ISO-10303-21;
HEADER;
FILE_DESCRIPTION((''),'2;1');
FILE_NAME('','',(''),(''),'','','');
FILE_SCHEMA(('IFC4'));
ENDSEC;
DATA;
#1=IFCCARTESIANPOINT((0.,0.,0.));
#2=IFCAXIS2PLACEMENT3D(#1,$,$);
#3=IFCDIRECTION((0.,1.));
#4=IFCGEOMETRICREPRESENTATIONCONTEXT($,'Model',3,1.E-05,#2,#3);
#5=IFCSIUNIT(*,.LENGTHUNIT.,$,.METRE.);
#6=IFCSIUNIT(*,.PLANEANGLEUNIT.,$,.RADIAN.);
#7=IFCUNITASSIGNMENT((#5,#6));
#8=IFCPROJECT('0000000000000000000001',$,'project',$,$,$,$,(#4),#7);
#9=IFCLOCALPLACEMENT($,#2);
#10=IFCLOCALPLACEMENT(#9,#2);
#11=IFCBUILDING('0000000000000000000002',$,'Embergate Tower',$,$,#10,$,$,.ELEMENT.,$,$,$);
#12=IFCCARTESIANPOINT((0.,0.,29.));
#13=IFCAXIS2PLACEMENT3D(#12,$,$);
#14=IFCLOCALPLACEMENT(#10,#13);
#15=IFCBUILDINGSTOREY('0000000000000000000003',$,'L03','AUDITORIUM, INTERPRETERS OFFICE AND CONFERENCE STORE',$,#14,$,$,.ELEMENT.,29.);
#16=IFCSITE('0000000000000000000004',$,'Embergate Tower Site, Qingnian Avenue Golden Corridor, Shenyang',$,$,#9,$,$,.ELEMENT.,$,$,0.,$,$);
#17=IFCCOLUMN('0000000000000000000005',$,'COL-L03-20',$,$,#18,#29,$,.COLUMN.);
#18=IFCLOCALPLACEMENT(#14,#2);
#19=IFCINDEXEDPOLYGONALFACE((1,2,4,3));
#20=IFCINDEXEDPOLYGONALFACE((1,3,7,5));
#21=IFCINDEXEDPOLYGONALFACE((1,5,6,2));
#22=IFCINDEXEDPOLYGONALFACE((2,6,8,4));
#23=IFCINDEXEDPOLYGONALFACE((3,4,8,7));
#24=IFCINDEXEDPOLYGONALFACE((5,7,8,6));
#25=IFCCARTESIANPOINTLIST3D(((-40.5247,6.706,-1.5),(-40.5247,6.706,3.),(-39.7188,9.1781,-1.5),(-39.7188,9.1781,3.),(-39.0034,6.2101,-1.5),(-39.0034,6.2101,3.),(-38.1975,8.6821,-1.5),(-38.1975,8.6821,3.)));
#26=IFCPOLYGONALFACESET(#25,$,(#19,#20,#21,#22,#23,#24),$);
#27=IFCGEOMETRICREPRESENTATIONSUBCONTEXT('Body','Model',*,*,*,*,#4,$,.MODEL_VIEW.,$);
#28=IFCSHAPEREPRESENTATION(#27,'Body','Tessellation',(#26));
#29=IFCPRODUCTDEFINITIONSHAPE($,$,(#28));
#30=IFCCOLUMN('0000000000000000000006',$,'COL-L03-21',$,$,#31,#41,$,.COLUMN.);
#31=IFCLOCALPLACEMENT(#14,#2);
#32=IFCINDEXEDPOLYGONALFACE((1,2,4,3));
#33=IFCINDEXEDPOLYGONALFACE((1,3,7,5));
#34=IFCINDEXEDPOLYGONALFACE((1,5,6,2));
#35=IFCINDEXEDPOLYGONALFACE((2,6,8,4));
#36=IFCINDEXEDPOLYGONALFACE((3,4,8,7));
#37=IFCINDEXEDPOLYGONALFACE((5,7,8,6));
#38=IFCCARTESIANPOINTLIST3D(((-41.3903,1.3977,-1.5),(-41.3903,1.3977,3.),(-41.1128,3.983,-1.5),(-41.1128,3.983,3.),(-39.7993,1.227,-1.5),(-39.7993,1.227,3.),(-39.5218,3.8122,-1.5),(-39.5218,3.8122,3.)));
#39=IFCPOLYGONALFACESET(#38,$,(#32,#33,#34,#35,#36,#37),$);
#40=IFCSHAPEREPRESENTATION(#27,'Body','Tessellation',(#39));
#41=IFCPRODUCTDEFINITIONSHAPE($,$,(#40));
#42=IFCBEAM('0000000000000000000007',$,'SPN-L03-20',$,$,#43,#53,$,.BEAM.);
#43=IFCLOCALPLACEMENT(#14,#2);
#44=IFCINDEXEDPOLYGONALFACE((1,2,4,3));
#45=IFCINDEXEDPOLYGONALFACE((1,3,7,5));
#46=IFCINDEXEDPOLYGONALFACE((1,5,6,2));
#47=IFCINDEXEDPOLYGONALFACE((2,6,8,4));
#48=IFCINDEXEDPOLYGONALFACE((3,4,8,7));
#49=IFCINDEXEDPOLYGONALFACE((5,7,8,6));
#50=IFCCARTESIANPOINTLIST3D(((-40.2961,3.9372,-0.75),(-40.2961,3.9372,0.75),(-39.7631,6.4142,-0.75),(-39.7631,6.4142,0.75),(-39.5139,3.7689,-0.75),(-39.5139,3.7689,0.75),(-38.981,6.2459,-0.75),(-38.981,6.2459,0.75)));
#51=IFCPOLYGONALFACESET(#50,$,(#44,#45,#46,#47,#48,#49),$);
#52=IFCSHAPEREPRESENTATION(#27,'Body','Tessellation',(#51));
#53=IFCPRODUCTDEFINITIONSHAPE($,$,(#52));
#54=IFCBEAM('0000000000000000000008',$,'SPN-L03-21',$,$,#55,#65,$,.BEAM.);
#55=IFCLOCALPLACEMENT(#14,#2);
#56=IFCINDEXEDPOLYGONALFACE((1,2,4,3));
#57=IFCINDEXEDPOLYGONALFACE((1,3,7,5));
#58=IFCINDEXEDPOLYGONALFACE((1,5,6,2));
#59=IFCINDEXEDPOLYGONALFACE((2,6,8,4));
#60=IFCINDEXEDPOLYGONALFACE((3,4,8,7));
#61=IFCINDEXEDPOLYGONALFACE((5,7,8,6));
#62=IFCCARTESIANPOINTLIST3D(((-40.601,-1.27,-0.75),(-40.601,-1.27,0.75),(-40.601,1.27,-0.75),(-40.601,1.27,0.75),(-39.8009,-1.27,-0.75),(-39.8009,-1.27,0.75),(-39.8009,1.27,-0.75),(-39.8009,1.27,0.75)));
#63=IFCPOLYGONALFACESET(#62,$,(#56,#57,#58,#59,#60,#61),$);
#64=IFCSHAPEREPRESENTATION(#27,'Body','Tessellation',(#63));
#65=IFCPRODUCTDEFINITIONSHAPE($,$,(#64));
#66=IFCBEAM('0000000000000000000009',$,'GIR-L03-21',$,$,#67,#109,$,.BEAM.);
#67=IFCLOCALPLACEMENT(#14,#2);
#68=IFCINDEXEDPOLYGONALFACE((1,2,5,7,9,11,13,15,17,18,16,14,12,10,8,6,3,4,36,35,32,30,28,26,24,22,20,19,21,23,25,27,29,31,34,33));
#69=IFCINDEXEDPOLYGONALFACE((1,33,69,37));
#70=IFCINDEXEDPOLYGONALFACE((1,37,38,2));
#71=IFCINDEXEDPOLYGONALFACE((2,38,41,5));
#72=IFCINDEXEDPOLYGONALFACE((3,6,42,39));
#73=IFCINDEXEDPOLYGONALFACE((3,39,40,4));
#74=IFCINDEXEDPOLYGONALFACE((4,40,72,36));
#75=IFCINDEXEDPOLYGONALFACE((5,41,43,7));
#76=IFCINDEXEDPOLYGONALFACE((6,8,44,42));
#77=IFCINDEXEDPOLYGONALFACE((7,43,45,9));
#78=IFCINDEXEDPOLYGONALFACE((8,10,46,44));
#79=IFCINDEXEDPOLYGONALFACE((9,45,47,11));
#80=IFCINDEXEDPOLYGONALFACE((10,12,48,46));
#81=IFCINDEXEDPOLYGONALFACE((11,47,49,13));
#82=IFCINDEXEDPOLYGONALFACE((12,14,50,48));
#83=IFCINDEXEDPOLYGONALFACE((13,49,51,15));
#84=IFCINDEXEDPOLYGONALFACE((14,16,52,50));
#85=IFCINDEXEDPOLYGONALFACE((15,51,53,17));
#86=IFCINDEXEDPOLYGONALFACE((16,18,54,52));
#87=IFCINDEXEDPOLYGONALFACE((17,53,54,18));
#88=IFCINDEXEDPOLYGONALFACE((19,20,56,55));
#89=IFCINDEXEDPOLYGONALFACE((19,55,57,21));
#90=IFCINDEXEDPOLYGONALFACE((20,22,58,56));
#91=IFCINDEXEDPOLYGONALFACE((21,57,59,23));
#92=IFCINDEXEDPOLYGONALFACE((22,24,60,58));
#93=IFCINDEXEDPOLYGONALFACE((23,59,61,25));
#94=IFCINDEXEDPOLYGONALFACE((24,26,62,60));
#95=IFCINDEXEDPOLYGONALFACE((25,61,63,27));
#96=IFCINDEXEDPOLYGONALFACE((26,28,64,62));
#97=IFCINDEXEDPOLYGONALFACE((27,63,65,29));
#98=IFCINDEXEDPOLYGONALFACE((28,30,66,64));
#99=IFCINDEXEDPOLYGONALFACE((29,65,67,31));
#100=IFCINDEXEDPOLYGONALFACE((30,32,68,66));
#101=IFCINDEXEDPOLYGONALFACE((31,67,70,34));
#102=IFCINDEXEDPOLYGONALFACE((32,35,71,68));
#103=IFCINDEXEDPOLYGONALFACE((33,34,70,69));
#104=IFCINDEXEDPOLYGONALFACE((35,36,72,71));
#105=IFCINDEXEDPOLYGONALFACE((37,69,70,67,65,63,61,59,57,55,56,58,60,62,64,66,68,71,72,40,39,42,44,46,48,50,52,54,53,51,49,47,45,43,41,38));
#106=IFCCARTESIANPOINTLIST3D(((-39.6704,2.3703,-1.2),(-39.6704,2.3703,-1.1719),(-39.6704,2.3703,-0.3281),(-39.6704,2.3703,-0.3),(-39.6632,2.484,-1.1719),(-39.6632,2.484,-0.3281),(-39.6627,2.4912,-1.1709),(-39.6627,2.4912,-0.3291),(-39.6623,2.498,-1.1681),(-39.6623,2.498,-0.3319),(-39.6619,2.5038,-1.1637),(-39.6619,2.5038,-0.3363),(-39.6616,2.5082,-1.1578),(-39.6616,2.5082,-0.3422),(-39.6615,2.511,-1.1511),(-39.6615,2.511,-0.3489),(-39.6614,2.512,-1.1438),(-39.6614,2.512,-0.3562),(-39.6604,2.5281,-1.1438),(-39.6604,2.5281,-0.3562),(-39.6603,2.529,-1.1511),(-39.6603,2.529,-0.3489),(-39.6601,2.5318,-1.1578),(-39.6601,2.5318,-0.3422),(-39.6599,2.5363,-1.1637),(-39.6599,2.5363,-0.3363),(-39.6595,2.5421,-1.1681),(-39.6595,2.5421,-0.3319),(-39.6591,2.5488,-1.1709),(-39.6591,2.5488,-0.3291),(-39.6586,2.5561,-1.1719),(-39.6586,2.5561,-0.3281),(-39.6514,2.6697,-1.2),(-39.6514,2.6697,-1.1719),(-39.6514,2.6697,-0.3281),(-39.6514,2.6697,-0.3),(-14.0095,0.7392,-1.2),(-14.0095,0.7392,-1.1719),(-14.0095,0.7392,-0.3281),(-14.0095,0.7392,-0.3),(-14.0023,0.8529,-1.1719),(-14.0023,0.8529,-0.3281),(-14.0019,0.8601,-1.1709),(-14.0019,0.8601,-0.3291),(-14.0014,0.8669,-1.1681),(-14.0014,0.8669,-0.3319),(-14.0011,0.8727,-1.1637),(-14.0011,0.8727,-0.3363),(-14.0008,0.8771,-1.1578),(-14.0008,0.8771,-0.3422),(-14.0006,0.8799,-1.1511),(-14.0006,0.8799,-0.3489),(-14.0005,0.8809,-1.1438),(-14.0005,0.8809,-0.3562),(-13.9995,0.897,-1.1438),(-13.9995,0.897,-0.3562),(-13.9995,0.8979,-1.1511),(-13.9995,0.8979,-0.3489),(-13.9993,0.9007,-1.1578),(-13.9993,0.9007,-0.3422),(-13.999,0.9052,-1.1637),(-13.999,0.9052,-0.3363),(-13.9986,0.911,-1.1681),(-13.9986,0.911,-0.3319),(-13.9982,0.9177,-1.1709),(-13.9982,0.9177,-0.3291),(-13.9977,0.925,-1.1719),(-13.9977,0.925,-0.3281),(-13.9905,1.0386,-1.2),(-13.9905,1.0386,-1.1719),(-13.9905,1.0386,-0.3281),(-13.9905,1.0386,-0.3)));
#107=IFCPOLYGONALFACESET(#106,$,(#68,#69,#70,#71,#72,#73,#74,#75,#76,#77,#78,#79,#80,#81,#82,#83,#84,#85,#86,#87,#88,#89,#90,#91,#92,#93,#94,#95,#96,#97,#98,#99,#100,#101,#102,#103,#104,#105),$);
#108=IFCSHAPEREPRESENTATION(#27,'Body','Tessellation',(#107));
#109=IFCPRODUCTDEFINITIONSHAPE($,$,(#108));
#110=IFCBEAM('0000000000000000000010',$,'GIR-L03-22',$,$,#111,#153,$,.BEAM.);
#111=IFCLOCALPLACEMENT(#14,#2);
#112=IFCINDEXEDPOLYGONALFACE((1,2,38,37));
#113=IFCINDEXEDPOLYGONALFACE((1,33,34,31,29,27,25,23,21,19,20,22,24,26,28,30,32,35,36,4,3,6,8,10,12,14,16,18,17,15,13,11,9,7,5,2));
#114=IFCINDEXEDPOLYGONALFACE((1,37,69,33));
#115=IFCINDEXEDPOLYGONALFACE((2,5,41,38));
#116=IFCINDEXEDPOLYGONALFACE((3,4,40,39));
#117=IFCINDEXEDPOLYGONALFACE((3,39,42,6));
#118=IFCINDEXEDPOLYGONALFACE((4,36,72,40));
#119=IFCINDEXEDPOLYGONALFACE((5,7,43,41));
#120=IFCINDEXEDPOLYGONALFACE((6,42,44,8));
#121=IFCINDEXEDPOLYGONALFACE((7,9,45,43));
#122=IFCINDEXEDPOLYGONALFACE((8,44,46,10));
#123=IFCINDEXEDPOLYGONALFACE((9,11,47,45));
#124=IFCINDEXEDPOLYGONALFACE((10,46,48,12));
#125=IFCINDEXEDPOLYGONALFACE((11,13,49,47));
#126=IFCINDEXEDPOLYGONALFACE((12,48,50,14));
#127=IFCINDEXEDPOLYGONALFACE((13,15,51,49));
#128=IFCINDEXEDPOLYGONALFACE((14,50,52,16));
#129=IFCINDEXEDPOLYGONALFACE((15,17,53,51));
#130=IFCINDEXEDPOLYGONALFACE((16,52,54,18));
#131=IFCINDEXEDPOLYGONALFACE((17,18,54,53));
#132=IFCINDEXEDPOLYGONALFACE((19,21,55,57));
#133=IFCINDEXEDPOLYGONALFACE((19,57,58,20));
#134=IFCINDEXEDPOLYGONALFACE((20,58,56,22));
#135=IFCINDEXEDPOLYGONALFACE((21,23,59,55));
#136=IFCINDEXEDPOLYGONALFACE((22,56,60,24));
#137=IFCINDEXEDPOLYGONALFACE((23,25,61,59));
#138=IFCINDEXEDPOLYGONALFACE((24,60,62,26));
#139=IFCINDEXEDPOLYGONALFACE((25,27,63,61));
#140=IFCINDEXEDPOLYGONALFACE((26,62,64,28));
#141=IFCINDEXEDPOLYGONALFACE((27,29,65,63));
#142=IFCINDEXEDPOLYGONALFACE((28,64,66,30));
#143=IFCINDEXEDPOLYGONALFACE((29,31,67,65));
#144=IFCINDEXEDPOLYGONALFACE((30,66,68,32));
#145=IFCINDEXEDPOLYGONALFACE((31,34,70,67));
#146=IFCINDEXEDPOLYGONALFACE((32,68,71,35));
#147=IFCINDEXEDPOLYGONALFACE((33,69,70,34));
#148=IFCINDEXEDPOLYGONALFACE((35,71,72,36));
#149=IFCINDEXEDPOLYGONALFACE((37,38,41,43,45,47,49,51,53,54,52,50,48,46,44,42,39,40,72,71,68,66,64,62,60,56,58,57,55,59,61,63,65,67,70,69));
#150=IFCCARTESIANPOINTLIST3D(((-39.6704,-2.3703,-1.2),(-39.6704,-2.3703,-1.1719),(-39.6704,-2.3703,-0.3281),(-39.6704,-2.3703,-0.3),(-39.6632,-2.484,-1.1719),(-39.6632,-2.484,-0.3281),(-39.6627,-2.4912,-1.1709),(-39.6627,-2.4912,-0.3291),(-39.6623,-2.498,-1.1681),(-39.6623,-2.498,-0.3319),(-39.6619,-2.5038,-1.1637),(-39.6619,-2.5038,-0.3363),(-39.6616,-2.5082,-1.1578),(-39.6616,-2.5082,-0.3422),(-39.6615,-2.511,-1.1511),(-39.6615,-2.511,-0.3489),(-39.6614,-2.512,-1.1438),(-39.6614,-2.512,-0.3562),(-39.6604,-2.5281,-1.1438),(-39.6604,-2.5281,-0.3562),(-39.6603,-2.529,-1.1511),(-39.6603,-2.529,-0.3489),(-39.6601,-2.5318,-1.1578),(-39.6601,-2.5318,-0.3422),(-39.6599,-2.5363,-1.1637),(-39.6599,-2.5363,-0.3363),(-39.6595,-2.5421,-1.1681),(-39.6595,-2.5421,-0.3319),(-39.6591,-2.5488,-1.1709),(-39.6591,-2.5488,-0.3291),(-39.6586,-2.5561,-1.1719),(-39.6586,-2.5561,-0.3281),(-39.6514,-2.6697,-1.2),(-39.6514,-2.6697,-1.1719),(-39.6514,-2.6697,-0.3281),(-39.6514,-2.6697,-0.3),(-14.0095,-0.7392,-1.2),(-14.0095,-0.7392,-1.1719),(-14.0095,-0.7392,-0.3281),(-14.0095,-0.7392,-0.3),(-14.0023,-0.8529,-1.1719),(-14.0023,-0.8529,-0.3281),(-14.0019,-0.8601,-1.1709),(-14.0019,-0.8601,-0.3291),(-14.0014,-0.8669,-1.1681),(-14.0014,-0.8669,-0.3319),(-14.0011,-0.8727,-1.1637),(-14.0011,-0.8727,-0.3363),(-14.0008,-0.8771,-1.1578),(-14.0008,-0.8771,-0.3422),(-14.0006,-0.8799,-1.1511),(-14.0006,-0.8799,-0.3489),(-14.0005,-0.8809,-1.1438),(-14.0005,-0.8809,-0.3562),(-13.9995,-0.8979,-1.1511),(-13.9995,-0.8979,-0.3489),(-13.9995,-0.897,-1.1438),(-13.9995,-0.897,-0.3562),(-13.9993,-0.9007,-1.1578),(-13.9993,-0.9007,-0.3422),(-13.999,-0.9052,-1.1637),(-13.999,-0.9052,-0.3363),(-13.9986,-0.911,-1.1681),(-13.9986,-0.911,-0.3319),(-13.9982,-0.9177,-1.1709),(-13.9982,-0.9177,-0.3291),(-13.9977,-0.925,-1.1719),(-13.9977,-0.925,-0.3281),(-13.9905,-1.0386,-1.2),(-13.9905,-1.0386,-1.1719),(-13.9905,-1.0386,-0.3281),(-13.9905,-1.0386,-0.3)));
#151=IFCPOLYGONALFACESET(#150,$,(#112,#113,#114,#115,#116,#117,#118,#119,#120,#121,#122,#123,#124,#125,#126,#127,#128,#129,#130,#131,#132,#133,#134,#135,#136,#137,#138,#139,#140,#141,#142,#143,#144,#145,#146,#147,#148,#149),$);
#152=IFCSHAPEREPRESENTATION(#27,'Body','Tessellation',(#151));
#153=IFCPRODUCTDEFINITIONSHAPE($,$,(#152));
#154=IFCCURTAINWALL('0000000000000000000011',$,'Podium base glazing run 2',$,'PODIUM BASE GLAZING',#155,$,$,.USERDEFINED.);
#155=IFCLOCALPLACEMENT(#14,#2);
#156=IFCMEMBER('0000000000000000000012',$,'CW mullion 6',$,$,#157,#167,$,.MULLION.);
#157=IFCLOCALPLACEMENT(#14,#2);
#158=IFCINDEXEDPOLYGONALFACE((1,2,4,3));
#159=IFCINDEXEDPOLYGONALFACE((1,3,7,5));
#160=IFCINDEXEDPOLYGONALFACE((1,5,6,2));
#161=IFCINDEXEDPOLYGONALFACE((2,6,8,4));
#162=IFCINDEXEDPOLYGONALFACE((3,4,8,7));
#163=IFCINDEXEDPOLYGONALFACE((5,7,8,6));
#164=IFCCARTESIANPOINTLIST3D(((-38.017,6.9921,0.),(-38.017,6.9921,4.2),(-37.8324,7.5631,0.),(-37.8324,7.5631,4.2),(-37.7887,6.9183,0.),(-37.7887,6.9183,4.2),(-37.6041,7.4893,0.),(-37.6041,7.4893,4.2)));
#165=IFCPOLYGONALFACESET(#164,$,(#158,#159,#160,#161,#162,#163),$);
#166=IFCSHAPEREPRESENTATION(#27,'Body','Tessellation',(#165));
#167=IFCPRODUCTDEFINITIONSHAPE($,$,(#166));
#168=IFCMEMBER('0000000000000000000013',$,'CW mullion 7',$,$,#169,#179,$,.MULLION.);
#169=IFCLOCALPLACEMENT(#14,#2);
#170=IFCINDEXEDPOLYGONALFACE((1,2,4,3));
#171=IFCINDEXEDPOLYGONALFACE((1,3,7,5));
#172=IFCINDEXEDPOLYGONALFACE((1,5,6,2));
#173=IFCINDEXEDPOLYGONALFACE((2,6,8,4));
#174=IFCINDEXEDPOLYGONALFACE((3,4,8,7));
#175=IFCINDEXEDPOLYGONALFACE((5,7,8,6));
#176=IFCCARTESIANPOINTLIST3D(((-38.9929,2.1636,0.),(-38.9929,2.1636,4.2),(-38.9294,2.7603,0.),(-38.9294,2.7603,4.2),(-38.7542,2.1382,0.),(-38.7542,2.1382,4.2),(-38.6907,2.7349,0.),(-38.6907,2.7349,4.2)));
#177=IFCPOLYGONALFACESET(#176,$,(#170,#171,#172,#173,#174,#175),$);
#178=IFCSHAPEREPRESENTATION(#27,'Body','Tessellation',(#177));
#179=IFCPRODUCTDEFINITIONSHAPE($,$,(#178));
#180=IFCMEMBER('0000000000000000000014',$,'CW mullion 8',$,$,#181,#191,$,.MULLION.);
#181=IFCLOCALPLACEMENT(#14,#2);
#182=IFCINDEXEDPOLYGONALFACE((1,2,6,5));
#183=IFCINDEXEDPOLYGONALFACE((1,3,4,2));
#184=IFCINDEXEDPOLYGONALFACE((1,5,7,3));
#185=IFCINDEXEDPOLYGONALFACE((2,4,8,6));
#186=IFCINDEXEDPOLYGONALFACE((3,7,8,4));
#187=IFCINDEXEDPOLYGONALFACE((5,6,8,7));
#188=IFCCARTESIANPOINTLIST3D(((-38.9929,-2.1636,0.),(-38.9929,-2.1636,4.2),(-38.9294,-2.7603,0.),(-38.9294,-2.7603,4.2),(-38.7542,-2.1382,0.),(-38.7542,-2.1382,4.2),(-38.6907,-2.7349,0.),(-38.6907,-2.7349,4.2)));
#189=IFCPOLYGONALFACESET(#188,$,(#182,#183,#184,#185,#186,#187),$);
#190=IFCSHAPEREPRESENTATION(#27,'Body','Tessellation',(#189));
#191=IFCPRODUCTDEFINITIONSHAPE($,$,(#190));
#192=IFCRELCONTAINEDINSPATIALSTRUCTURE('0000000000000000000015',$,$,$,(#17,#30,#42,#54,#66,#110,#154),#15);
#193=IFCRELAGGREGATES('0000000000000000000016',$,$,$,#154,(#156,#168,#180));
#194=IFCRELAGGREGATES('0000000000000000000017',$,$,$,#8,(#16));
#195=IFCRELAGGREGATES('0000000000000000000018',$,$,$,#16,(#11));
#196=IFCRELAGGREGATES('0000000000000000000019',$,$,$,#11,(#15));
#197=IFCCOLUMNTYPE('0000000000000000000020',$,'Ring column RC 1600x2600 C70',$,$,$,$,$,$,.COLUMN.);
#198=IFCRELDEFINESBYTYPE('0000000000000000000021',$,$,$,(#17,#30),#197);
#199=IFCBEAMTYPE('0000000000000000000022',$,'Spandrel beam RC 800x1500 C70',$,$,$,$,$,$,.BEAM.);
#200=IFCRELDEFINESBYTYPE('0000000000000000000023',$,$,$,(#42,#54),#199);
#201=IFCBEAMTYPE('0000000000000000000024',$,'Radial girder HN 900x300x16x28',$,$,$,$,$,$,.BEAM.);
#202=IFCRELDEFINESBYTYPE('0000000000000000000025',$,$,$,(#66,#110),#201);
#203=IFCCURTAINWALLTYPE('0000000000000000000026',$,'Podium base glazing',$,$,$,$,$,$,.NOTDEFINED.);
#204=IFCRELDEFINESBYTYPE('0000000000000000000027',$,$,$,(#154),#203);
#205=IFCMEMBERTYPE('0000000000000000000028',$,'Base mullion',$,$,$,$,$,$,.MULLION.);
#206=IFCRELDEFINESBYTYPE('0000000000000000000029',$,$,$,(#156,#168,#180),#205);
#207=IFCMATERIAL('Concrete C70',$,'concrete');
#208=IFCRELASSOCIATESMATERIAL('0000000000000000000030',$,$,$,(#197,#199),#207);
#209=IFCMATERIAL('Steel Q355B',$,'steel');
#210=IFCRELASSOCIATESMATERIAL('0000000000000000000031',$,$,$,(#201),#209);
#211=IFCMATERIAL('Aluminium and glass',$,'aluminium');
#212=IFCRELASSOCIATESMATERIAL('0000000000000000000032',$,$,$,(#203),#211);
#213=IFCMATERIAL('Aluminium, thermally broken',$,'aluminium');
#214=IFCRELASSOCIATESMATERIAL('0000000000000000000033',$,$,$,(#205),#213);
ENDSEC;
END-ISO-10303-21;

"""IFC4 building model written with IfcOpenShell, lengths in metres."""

from ifc_helpers import new_model, si_unit, direction, frame, origin, origin_2d, place, context, subcontext, project, spatial, rectangle, i_section, extrude, source, transform, mapped, material, material_profile, profile_set, type_object, element, aggregate, save


model = new_model("IFC4")

# Units and contexts
model_context = context("Model", 3, precision=1e-05, world=origin(), true_north=direction((0.0, 1.0)))
body_context = subcontext(model_context, "Body", "Model", "MODEL_VIEW")
ifc_project = project(units=[si_unit("LENGTHUNIT", "METRE"), si_unit("PLANEANGLEUNIT", "RADIAN")], contexts=[model_context])

# Site, building, storey
site_placement = place(None, origin())
site = spatial("IfcSite", under=ifc_project, at=site_placement, Name="Embergate Tower Site, Qingnian Avenue Golden Corridor, Shenyang", CompositionType="ELEMENT", RefElevation=0.0)
building_placement = place(site_placement, origin())
building = spatial("IfcBuilding", under=site, at=building_placement, Name="Embergate Tower", CompositionType="ELEMENT")
storey_placement = place(building_placement, frame((0.0, 0.0, 29.0)))
storey = spatial("IfcBuildingStorey", under=building, at=storey_placement, Name="L03", Description="AUDITORIUM, INTERPRETERS OFFICE AND CONFERENCE STORE", CompositionType="ELEMENT", Elevation=29.0)

# Columns
ifc_material_1 = material(Name="Concrete C70", Category="concrete")
ifc_material_profile_1 = material_profile(ifc_material_1, rectangle(XDim=1.6001, YDim=2.6001, at=origin_2d()), Name="RC 1600x2600")
ifc_profile_set_1 = profile_set([ifc_material_profile_1], Name="Concrete C70")
column_type = type_object("IfcColumnType", Name="Ring column RC 1600x2600 C70", PredefinedType="COLUMN", material=ifc_profile_set_1)
shared_shape_1 = source(origin(), body_context, "Body", "SweptSolid", [
    extrude(rectangle(XDim=1.6001, YDim=2.6001, at=origin_2d()), origin(), (0.0, 0.0, 1.0), 4.5),
])
for number, where, z_axis, x_axis, name in (
    (1, (-39.3611, 7.6941, -1.5), (0.0, 0.0, 1.0), (-0.950754, 0.309946, 0.0), "COL-L03-20"),
    (2, (-40.4561, 2.605, -1.5), (0.0, 0.0, 1.0), (-0.994288, 0.106733, 0.0), "COL-L03-21"),
):
    element("IfcColumn", number, at=place(storey_placement, frame(where, z_axis=z_axis, x_axis=x_axis)), inside=storey, type_object=column_type, Name=name, PredefinedType="COLUMN", context=body_context, shape_type="MappedRepresentation", body=[
        mapped(shared_shape_1, transform((0.0, 0.0, 0.0))),
    ])

# Beams
ifc_material_profile_2 = material_profile(ifc_material_1, rectangle(XDim=0.8, YDim=1.5, at=origin_2d()), Name="RC 800x1500")
ifc_profile_set_2 = profile_set([ifc_material_profile_2], Name="Concrete C70")
beam_type_1 = type_object("IfcBeamType", Name="Spandrel beam RC 800x1500 C70", PredefinedType="BEAM", material=ifc_profile_set_2)
shared_shape_2 = source(origin(), body_context, "Body", "SweptSolid", [
    extrude(rectangle(XDim=0.8, YDim=1.5, at=origin_2d()), origin(), (0.0, 0.0, 1.0), 2.5337),
])
beam_1_placement = place(storey_placement, frame((-39.3721, 6.3301, 0.0), z_axis=(-0.210345, -0.977627, 0.0), x_axis=(0.977627, -0.210345, 0.0)))
element("IfcBeam", 3, at=beam_1_placement, inside=storey, type_object=beam_type_1, Name="SPN-L03-20", PredefinedType="BEAM", context=body_context, shape_type="MappedRepresentation", body=[
    mapped(shared_shape_2, transform((0.0, 0.0, 0.0))),
])
shared_shape_3 = source(origin(), body_context, "Body", "SweptSolid", [
    extrude(rectangle(XDim=0.8, YDim=1.5, at=origin_2d()), origin(), (0.0, 0.0, 1.0), 2.54),
])
beam_2_placement = place(storey_placement, frame((-40.2009, 1.27, 0.0), z_axis=(0.0, -1.0, 0.0), x_axis=(1.0, 0.0, 0.0)))
element("IfcBeam", 4, at=beam_2_placement, inside=storey, type_object=beam_type_1, Name="SPN-L03-21", PredefinedType="BEAM", context=body_context, shape_type="MappedRepresentation", body=[
    mapped(shared_shape_3, transform((0.0, 0.0, 0.0))),
])
ifc_material_2 = material(Name="Steel Q355B", Category="steel")
ifc_material_profile_3 = material_profile(ifc_material_2, i_section(OverallWidth=0.3, OverallDepth=0.8999, WebThickness=0.0161, FlangeThickness=0.0281, FilletRadius=0.0281, at=origin_2d()), Name="HN 900x300x16x28")
ifc_profile_set_3 = profile_set([ifc_material_profile_3], Name="Steel Q355 grade B")
beam_type_2 = type_object("IfcBeamType", Name="Radial girder HN 900x300x16x28", PredefinedType="BEAM", material=ifc_profile_set_3)
shared_shape_4 = source(origin(), body_context, "Body", "SweptSolid", [
    extrude(i_section(OverallWidth=0.3, OverallDepth=0.8999, WebThickness=0.0161, FlangeThickness=0.0281, FilletRadius=0.0281, at=origin_2d()), origin(), (0.0, 0.0, 1.0), 25.7126),
])
for number, where, z_axis, x_axis, name in (
    (5, (-39.6609, 2.52, -0.75), (0.997986, -0.063436, 0.0), (0.063436, 0.997986, 0.0), "GIR-L03-21"),
    (6, (-39.6609, -2.52, -0.75), (0.997986, 0.063436, 0.0), (-0.063436, 0.997986, 0.0), "GIR-L03-22"),
):
    element("IfcBeam", number, at=place(storey_placement, frame(where, z_axis=z_axis, x_axis=x_axis)), inside=storey, type_object=beam_type_2, Name=name, PredefinedType="BEAM", context=body_context, shape_type="MappedRepresentation", body=[
        mapped(shared_shape_4, transform((0.0, 0.0, 0.0))),
    ])

# Curtain wall, members
ifc_material_3 = material(Name="Aluminium and glass", Category="aluminium")
curtain_wall_type = type_object("IfcCurtainWallType", Name="Podium base glazing", PredefinedType="NOTDEFINED", material=ifc_material_3)
curtain_wall_placement = place(storey_placement, origin())
curtain_wall = element("IfcCurtainWall", 7, at=curtain_wall_placement, inside=storey, type_object=curtain_wall_type, Name="Podium base glazing run 2", ObjectType="PODIUM BASE GLAZING", PredefinedType="USERDEFINED")
ifc_material_4 = material(Name="Aluminium, thermally broken", Category="aluminium")
ifc_material_profile_4 = material_profile(ifc_material_4, rectangle(XDim=0.24, YDim=0.6001, at=origin_2d()), Name="AL 600x240")
ifc_profile_set_4 = profile_set([ifc_material_profile_4], Name="Aluminium, thermally broken")
member_type = type_object("IfcMemberType", Name="Base mullion", PredefinedType="MULLION", material=ifc_profile_set_4)
shared_shape_5 = source(origin(), body_context, "Body", "SweptSolid", [
    extrude(rectangle(XDim=0.24, YDim=0.6001, at=origin_2d()), origin(), (0.0, 0.0, 1.0), 4.2),
])
member_1_placement = place(storey_placement, frame((-37.8105, 7.2407, 0.0), z_axis=(0.0, 0.0, 1.0), x_axis=(0.9515, -0.307649, 0.0)))
member_1 = element("IfcMember", 8, at=member_1_placement, type_object=member_type, Name="CW mullion 6", PredefinedType="MULLION", context=body_context, shape_type="MappedRepresentation", body=[
    mapped(shared_shape_5, transform((0.0, 0.0, 0.0))),
])
member_2_placement = place(storey_placement, frame((-38.8418, 2.4492, 0.0), z_axis=(0.0, 0.0, 1.0), x_axis=(0.994385, -0.105822, 0.0)))
member_2 = element("IfcMember", 9, at=member_2_placement, type_object=member_type, Name="CW mullion 7", PredefinedType="MULLION", context=body_context, shape_type="MappedRepresentation", body=[
    mapped(shared_shape_5, transform((0.0, 0.0, 0.0))),
])
member_3_placement = place(storey_placement, frame((-38.8418, -2.4492, 0.0), z_axis=(0.0, 0.0, 1.0), x_axis=(0.994385, 0.105822, 0.0)))
member_3 = element("IfcMember", 10, at=member_3_placement, type_object=member_type, Name="CW mullion 8", PredefinedType="MULLION", context=body_context, shape_type="MappedRepresentation", body=[
    mapped(shared_shape_5, transform((0.0, 0.0, 0.0))),
])
aggregate(curtain_wall, [member_1, member_2, member_3])

save(model, "model.ifc")
